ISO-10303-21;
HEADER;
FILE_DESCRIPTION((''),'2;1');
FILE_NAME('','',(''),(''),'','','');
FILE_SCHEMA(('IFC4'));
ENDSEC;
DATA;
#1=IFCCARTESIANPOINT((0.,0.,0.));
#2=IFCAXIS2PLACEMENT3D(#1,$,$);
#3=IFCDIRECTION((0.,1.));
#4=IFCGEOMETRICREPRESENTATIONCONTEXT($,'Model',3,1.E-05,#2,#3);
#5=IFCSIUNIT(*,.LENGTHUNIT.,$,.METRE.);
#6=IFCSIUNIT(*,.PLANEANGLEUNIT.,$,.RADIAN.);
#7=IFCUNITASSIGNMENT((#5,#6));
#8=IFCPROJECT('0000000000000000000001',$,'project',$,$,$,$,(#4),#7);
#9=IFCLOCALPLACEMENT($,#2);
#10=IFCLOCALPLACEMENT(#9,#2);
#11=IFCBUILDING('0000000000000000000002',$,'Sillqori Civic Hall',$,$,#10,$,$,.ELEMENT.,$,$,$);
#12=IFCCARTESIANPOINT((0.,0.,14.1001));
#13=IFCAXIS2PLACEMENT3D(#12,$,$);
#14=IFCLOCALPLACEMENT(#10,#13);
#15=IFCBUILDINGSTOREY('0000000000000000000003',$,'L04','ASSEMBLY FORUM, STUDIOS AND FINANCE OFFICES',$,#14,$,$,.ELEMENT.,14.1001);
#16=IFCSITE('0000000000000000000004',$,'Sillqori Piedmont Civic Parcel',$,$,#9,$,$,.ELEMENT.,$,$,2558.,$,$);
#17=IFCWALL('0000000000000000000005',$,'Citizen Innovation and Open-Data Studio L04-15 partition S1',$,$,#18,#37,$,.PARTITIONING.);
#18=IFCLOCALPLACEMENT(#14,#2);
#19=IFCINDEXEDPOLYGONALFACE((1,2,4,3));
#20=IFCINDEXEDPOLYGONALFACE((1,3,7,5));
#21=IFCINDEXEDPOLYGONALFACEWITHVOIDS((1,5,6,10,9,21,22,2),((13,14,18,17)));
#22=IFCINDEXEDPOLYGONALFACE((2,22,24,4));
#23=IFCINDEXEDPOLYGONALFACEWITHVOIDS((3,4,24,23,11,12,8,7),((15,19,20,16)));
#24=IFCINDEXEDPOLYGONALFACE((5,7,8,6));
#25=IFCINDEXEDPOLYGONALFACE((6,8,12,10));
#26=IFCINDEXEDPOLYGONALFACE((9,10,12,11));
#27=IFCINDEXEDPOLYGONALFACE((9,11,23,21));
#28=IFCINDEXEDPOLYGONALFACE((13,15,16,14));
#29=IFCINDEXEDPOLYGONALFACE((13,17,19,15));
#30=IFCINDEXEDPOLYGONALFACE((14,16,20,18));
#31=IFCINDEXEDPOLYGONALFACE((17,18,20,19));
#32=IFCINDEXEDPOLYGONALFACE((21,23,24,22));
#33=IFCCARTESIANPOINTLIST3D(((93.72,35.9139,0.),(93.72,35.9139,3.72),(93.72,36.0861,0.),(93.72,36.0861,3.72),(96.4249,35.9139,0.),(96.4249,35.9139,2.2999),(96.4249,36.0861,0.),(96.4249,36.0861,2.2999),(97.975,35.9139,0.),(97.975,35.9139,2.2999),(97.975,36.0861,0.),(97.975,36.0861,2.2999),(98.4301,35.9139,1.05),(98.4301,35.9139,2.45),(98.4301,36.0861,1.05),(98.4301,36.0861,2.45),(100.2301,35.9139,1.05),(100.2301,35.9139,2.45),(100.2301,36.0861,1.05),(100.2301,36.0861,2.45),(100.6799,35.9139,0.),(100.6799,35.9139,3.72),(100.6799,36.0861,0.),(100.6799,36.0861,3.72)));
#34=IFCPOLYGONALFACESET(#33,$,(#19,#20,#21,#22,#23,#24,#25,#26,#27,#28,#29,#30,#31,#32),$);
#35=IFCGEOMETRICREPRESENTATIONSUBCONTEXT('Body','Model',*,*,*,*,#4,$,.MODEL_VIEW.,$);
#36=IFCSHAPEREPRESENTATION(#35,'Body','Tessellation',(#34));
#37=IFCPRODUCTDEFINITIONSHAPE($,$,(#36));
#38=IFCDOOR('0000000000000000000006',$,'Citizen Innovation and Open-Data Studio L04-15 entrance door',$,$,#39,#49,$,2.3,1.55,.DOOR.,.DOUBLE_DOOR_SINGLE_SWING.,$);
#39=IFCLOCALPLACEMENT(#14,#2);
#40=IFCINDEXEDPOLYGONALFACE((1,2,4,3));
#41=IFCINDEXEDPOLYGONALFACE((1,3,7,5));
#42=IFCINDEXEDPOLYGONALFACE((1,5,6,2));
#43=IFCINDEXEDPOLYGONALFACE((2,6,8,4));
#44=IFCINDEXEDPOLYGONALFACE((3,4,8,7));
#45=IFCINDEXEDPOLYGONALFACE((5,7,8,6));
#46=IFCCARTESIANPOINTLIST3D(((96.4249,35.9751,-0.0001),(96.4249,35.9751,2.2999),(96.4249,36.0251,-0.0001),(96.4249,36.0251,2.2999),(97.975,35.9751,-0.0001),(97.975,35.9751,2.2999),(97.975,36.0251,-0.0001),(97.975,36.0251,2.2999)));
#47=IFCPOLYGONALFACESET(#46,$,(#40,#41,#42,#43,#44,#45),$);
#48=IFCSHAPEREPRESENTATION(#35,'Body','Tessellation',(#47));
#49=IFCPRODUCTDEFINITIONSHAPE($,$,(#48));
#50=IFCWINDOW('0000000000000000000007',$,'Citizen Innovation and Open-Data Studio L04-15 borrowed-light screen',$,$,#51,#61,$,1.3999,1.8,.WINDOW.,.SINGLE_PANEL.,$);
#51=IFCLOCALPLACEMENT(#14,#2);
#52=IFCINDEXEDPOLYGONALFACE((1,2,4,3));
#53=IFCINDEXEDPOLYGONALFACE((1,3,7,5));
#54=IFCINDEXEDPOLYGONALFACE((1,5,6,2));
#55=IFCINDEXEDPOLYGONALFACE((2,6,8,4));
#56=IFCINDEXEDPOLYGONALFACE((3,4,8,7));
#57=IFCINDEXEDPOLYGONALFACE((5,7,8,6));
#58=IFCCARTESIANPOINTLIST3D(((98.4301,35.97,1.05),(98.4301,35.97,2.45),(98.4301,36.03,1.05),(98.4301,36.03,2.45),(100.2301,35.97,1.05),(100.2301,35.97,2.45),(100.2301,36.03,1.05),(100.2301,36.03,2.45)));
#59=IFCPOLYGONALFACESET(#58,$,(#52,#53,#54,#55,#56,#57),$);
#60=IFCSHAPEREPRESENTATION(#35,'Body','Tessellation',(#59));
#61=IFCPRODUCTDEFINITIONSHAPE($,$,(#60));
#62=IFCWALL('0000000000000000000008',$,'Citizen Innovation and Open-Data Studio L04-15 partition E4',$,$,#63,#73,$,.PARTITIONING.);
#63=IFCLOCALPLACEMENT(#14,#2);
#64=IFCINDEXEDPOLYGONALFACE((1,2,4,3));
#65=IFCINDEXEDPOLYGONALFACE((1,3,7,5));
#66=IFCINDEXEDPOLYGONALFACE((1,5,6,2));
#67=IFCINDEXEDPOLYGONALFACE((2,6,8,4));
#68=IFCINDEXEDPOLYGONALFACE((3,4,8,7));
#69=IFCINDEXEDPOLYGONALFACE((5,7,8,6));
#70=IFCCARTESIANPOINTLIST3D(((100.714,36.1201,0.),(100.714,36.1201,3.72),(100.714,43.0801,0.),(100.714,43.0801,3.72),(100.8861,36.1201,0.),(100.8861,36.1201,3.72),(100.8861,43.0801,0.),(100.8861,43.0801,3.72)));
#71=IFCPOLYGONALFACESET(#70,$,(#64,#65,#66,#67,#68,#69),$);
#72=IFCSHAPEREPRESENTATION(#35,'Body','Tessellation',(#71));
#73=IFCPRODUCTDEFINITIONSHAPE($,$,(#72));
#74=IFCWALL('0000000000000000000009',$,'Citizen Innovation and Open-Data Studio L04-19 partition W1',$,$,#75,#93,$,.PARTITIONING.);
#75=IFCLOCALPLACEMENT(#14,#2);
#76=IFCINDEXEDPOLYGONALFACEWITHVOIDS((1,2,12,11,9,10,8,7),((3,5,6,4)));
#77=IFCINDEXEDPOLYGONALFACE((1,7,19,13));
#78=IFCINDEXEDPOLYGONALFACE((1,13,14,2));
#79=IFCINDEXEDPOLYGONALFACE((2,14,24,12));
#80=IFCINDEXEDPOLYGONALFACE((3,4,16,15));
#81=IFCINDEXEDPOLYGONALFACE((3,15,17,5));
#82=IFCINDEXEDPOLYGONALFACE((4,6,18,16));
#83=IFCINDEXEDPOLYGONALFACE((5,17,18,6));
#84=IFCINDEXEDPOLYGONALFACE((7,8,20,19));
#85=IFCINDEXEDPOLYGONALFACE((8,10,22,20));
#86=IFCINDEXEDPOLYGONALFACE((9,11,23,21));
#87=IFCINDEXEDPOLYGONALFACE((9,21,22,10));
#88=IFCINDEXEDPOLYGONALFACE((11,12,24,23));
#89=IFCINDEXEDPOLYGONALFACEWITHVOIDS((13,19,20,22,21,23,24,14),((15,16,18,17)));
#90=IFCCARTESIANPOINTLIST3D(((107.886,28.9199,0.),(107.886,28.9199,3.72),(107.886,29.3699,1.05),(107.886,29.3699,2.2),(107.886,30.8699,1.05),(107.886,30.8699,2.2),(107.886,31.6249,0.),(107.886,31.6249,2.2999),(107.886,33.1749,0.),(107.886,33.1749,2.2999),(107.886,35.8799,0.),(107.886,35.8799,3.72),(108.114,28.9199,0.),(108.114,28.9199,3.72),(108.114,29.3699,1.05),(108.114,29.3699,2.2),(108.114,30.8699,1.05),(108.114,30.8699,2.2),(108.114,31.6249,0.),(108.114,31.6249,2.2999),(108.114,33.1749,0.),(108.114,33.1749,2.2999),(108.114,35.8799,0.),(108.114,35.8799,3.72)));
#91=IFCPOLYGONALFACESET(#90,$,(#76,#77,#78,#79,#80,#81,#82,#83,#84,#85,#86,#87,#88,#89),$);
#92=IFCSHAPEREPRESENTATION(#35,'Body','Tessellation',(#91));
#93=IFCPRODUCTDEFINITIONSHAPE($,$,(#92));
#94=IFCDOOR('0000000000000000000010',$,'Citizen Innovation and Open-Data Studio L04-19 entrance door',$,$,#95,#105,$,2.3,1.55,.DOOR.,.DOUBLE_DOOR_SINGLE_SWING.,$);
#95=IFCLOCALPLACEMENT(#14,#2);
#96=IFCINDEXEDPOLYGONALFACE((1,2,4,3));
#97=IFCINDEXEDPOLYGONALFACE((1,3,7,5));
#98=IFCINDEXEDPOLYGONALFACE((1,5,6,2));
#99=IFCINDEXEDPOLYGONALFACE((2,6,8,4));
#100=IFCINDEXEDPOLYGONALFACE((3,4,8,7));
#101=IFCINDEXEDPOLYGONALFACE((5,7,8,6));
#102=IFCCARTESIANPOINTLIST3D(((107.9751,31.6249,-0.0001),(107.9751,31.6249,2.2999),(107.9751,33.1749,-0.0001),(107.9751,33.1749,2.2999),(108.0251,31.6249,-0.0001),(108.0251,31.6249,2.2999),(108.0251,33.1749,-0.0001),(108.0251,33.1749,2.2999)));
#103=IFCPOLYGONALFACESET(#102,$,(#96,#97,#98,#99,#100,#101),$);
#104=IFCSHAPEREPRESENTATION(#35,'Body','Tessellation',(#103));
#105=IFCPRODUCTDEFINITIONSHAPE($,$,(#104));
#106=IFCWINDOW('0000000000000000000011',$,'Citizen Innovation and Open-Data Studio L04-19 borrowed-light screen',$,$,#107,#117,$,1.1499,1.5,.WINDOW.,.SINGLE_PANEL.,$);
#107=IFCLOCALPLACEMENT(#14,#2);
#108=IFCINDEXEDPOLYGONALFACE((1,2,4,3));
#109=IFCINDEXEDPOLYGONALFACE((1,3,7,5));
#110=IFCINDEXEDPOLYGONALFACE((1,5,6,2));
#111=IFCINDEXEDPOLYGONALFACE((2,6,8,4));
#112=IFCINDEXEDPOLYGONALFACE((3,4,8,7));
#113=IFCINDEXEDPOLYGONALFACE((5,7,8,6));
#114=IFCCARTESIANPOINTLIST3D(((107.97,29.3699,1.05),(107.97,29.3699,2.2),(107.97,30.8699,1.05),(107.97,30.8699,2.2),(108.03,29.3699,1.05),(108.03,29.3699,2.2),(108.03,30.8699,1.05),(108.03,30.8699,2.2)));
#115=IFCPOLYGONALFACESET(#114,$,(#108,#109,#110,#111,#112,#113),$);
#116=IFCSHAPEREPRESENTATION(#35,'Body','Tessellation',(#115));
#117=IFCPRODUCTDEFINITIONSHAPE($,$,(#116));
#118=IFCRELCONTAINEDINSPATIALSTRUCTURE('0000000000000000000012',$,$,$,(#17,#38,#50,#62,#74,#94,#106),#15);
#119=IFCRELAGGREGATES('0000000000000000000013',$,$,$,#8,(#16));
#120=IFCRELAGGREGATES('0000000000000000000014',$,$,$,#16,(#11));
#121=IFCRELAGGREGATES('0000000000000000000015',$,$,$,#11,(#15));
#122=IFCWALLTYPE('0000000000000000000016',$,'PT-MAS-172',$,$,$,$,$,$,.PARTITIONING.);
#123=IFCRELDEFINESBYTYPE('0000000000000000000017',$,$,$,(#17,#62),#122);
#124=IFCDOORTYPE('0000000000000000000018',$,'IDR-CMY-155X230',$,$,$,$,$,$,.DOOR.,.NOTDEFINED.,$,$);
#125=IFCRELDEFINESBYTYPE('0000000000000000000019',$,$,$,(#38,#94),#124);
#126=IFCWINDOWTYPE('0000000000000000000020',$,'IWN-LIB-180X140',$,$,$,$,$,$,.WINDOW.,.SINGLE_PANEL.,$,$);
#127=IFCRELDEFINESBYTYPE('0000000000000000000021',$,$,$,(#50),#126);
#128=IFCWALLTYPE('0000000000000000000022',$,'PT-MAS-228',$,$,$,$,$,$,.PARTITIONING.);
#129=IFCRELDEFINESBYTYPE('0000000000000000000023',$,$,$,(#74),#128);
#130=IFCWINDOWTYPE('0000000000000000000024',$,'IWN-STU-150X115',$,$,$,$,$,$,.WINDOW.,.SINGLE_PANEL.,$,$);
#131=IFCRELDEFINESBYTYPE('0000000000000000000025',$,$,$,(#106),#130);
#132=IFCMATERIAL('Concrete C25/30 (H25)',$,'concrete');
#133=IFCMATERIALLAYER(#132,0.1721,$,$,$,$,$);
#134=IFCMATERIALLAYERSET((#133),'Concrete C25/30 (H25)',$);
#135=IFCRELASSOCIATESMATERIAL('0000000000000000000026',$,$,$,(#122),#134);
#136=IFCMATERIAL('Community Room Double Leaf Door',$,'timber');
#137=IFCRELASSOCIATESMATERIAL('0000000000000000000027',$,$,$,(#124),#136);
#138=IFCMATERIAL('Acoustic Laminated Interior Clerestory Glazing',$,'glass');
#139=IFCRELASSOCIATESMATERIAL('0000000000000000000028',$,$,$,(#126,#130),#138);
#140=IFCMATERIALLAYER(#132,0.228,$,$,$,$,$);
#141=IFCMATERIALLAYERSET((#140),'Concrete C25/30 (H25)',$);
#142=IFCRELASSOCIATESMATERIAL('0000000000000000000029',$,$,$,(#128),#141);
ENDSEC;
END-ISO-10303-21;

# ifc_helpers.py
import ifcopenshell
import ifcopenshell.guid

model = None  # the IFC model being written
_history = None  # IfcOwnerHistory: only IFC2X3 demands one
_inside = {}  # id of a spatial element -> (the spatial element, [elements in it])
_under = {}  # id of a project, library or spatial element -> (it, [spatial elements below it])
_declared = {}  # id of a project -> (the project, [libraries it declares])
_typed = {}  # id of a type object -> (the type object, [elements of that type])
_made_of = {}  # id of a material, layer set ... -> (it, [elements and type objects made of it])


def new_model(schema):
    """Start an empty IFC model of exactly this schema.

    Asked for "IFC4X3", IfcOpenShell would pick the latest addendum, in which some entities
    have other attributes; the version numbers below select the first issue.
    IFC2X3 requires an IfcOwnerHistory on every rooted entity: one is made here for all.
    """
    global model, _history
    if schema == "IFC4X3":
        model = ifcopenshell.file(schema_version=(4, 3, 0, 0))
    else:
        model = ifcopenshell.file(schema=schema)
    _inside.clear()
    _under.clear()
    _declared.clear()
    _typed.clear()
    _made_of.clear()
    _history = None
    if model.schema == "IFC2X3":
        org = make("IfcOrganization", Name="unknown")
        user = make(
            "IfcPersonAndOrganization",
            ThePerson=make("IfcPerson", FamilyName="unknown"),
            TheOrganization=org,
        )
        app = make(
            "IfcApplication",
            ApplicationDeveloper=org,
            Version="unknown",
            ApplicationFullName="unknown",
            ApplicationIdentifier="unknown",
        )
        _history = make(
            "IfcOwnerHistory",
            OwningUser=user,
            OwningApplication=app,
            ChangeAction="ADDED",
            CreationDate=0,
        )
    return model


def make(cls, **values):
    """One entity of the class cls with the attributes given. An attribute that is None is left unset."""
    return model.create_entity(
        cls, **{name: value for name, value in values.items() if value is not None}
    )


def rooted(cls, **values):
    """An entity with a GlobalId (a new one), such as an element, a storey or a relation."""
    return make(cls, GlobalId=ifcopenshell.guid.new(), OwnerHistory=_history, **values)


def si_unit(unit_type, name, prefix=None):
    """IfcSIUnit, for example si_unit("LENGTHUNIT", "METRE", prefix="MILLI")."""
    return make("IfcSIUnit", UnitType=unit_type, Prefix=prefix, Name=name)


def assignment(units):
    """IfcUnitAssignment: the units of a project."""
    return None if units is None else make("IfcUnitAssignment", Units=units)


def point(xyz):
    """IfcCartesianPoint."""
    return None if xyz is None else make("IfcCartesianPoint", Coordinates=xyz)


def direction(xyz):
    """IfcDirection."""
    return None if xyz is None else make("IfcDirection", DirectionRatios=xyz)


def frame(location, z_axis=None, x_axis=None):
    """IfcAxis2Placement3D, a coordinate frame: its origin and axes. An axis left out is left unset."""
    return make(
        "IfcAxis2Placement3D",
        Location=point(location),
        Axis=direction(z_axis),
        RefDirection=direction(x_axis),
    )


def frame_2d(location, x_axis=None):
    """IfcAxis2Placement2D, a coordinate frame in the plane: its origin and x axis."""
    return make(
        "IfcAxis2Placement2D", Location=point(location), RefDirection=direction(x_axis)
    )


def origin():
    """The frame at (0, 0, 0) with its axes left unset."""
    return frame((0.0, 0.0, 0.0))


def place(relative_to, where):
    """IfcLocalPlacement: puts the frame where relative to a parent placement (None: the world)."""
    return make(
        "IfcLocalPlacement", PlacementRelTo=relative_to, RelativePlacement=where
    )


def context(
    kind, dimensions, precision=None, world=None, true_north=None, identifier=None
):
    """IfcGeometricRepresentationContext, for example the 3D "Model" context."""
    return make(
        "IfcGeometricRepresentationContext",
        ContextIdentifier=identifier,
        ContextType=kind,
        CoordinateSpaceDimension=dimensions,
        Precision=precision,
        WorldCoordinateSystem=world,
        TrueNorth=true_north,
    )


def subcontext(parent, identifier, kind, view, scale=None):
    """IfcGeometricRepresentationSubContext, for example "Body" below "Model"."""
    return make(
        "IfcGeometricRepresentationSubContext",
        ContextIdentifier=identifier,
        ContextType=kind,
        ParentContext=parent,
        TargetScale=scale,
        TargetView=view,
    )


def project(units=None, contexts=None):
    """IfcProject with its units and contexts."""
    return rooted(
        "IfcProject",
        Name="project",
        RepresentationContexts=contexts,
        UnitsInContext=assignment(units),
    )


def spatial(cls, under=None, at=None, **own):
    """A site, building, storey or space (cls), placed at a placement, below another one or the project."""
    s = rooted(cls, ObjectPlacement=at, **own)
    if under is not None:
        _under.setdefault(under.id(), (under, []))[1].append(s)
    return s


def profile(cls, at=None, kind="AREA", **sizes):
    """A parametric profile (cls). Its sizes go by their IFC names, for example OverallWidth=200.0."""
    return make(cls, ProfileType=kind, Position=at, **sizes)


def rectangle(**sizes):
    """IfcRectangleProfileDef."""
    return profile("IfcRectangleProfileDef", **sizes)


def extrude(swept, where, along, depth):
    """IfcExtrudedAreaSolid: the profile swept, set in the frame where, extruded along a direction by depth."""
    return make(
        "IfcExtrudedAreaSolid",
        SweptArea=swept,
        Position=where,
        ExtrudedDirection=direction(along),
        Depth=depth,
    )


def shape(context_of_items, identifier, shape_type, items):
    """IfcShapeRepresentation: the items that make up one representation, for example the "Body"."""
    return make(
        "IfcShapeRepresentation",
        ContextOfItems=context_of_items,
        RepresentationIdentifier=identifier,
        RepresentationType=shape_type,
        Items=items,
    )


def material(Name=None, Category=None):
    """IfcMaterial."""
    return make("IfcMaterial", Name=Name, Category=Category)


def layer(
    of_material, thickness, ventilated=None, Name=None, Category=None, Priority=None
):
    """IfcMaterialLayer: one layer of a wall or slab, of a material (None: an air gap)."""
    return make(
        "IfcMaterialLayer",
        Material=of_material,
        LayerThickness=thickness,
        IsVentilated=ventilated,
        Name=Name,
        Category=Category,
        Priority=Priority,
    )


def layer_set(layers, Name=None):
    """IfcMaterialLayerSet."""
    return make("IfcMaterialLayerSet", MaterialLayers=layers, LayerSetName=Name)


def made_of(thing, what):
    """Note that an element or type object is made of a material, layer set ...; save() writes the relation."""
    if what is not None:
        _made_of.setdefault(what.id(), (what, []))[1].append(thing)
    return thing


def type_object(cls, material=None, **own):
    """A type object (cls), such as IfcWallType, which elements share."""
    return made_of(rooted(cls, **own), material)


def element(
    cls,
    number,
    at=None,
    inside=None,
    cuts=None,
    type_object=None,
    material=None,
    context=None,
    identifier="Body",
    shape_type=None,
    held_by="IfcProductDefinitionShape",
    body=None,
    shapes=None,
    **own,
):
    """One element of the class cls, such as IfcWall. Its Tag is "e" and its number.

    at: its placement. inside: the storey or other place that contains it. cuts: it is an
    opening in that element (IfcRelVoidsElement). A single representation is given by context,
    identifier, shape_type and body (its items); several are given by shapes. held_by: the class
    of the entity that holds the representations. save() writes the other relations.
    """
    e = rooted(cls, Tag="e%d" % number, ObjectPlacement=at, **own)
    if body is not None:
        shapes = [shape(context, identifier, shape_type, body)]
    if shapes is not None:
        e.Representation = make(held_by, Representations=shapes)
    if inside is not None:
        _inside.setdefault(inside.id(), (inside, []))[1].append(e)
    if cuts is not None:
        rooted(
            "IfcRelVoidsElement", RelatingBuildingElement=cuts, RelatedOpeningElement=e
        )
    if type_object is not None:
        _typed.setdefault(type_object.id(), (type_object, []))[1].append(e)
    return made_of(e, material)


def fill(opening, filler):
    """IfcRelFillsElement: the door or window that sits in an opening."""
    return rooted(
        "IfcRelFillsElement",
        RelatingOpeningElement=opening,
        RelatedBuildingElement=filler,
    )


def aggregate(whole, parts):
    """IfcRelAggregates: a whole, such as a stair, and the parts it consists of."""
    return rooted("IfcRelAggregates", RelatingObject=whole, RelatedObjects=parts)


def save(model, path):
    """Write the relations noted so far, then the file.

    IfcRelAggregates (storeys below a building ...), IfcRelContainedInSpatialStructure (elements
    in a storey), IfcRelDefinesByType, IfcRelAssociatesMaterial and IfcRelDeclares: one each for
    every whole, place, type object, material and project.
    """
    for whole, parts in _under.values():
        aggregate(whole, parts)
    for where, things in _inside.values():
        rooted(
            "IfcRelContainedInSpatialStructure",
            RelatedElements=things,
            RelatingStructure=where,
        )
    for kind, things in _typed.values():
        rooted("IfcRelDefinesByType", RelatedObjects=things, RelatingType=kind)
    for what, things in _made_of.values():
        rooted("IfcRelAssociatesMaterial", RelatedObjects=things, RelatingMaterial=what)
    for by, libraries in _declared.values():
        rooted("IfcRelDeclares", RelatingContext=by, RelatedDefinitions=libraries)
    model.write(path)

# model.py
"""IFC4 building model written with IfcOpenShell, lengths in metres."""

from ifc_helpers import new_model, si_unit, direction, frame, frame_2d, origin, place, context, subcontext, project, spatial, rectangle, extrude, material, layer, layer_set, type_object, element, fill, save


model = new_model("IFC4")

# Units and contexts
model_context = context("Model", 3, precision=1e-05, world=origin(), true_north=direction((0.0, 1.0)))
body_context = subcontext(model_context, "Body", "Model", "MODEL_VIEW")
ifc_project = project(units=[si_unit("LENGTHUNIT", "METRE"), si_unit("PLANEANGLEUNIT", "RADIAN")], contexts=[model_context])

# Site, building, storey
site_placement = place(None, origin())
site = spatial("IfcSite", under=ifc_project, at=site_placement, Name="Sillqori Piedmont Civic Parcel", CompositionType="ELEMENT", RefElevation=2558.0)
building_placement = place(site_placement, origin())
building = spatial("IfcBuilding", under=site, at=building_placement, Name="Sillqori Civic Hall", CompositionType="ELEMENT")
storey_placement = place(building_placement, frame((0.0, 0.0, 14.1001)))
storey = spatial("IfcBuildingStorey", under=building, at=storey_placement, Name="L04", Description="ASSEMBLY FORUM, STUDIOS AND FINANCE OFFICES", CompositionType="ELEMENT", Elevation=14.1001)

# Shared definitions
ifc_material_1 = material(Name="Concrete C25/30 (H25)", Category="concrete")

# Wall, openings, door, window
ifc_layer_1 = layer(ifc_material_1, 0.1721)
ifc_layer_set_1 = layer_set([ifc_layer_1], Name="Concrete C25/30 (H25)")
wall_type_1 = type_object("IfcWallType", Name="PT-MAS-172", PredefinedType="PARTITIONING", material=ifc_layer_set_1)
wall_1_placement = place(storey_placement, frame((100.6799, 36.0, 0.0), z_axis=(0.0, 0.0, 1.0), x_axis=(-1.0, 0.0, 0.0)))
wall_1 = element("IfcWall", 1, at=wall_1_placement, inside=storey, type_object=wall_type_1, Name="Citizen Innovation and Open-Data Studio L04-15 partition S1", PredefinedType="PARTITIONING", context=body_context, shape_type="SweptSolid", body=[
    extrude(rectangle(XDim=6.96, YDim=0.1721, at=frame_2d((3.48, 0.0))), origin(), (0.0, 0.0, 1.0), 3.72),
])
opening_1_placement = place(wall_1_placement, frame((2.7051, 0.0, 0.0)))
opening_1 = element("IfcOpeningElement", 2, at=opening_1_placement, cuts=wall_1, PredefinedType="OPENING", context=body_context, shape_type="SweptSolid", body=[
    extrude(rectangle(XDim=1.55, YDim=2.3, at=frame_2d((0.7749, 1.1499))), frame((0.0, 0.0959, 0.0), z_axis=(0.0, -1.0, 0.0), x_axis=(1.0, 0.0, 0.0)), (0.0, 0.0, 1.0), 0.1921),
])
opening_2_placement = place(wall_1_placement, frame((0.45, 0.0, 1.05)))
opening_2 = element("IfcOpeningElement", 3, at=opening_2_placement, cuts=wall_1, PredefinedType="OPENING", context=body_context, shape_type="SweptSolid", body=[
    extrude(rectangle(XDim=1.8, YDim=1.3999, at=frame_2d((0.8999, 0.7))), frame((0.0, 0.0959, 0.0), z_axis=(0.0, -1.0, 0.0), x_axis=(1.0, 0.0, 0.0)), (0.0, 0.0, 1.0), 0.1921),
])
ifc_material_2 = material(Name="Community Room Double Leaf Door", Category="timber")
door_type = type_object("IfcDoorType", Name="IDR-CMY-155X230", OperationType="NOTDEFINED", PredefinedType="DOOR", material=ifc_material_2)
door_1_placement = place(opening_1_placement, origin())
door_1 = element("IfcDoor", 4, at=door_1_placement, inside=storey, type_object=door_type, Name="Citizen Innovation and Open-Data Studio L04-15 entrance door", OperationType="DOUBLE_DOOR_SINGLE_SWING", OverallHeight=2.3, OverallWidth=1.55, PredefinedType="DOOR", context=body_context, shape_type="SweptSolid", body=[
    extrude(rectangle(XDim=1.55, YDim=2.3, at=frame_2d((0.7749, 1.1499))), frame((0.0, 0.0249, 0.0), z_axis=(0.0, -1.0, 0.0), x_axis=(1.0, 0.0, 0.0)), (0.0, 0.0, 1.0), 0.05),
])
fill(opening_1, door_1)
ifc_material_3 = material(Name="Acoustic Laminated Interior Clerestory Glazing", Category="glass")
window_type_1 = type_object("IfcWindowType", Name="IWN-LIB-180X140", PartitioningType="SINGLE_PANEL", PredefinedType="WINDOW", material=ifc_material_3)
window_1_placement = place(opening_2_placement, origin())
window_1 = element("IfcWindow", 5, at=window_1_placement, inside=storey, type_object=window_type_1, Name="Citizen Innovation and Open-Data Studio L04-15 borrowed-light screen", OverallHeight=1.3999, OverallWidth=1.8, PartitioningType="SINGLE_PANEL", PredefinedType="WINDOW", context=body_context, shape_type="SweptSolid", body=[
    extrude(rectangle(XDim=1.8, YDim=1.3999, at=frame_2d((0.8999, 0.7))), frame((0.0, 0.03, 0.0), z_axis=(0.0, -1.0, 0.0), x_axis=(1.0, 0.0, 0.0)), (0.0, 0.0, 1.0), 0.0601),
])
fill(opening_2, window_1)

# Wall
wall_2_placement = place(storey_placement, frame((100.8, 43.0801, 0.0), z_axis=(0.0, 0.0, 1.0), x_axis=(0.0, -1.0, 0.0)))
element("IfcWall", 6, at=wall_2_placement, inside=storey, type_object=wall_type_1, Name="Citizen Innovation and Open-Data Studio L04-15 partition E4", PredefinedType="PARTITIONING", context=body_context, shape_type="SweptSolid", body=[
    extrude(rectangle(XDim=6.96, YDim=0.1721, at=frame_2d((3.48, 0.0))), origin(), (0.0, 0.0, 1.0), 3.72),
])

# Wall, openings, door, window
ifc_layer_2 = layer(ifc_material_1, 0.228)
ifc_layer_set_2 = layer_set([ifc_layer_2], Name="Concrete C25/30 (H25)")
wall_type_2 = type_object("IfcWallType", Name="PT-MAS-228", PredefinedType="PARTITIONING", material=ifc_layer_set_2)
wall_3_placement = place(storey_placement, frame((108.0, 28.9199, 0.0), z_axis=(0.0, 0.0, 1.0), x_axis=(0.0, 1.0, 0.0)))
wall_3 = element("IfcWall", 7, at=wall_3_placement, inside=storey, type_object=wall_type_2, Name="Citizen Innovation and Open-Data Studio L04-19 partition W1", PredefinedType="PARTITIONING", context=body_context, shape_type="SweptSolid", body=[
    extrude(rectangle(XDim=6.96, YDim=0.228, at=frame_2d((3.48, 0.0))), origin(), (0.0, 0.0, 1.0), 3.72),
])
opening_3_placement = place(wall_3_placement, frame((2.7051, 0.0, 0.0)))
opening_3 = element("IfcOpeningElement", 8, at=opening_3_placement, cuts=wall_3, PredefinedType="OPENING", context=body_context, shape_type="SweptSolid", body=[
    extrude(rectangle(XDim=1.55, YDim=2.3, at=frame_2d((0.7749, 1.1499))), frame((0.0, 0.124, 0.0), z_axis=(0.0, -1.0, 0.0), x_axis=(1.0, 0.0, 0.0)), (0.0, 0.0, 1.0), 0.248),
])
opening_4_placement = place(wall_3_placement, frame((0.45, 0.0, 1.05)))
opening_4 = element("IfcOpeningElement", 9, at=opening_4_placement, cuts=wall_3, PredefinedType="OPENING", context=body_context, shape_type="SweptSolid", body=[
    extrude(rectangle(XDim=1.5, YDim=1.1499, at=frame_2d((0.75, 0.575))), frame((0.0, 0.124, 0.0), z_axis=(0.0, -1.0, 0.0), x_axis=(1.0, 0.0, 0.0)), (0.0, 0.0, 1.0), 0.248),
])
door_2_placement = place(opening_3_placement, origin())
door_2 = element("IfcDoor", 10, at=door_2_placement, inside=storey, type_object=door_type, Name="Citizen Innovation and Open-Data Studio L04-19 entrance door", OperationType="DOUBLE_DOOR_SINGLE_SWING", OverallHeight=2.3, OverallWidth=1.55, PredefinedType="DOOR", context=body_context, shape_type="SweptSolid", body=[
    extrude(rectangle(XDim=1.55, YDim=2.3, at=frame_2d((0.7749, 1.1499))), frame((0.0, 0.0249, 0.0), z_axis=(0.0, -1.0, 0.0), x_axis=(1.0, 0.0, 0.0)), (0.0, 0.0, 1.0), 0.05),
])
fill(opening_3, door_2)
window_type_2 = type_object("IfcWindowType", Name="IWN-STU-150X115", PartitioningType="SINGLE_PANEL", PredefinedType="WINDOW", material=ifc_material_3)
window_2_placement = place(opening_4_placement, origin())
window_2 = element("IfcWindow", 11, at=window_2_placement, inside=storey, type_object=window_type_2, Name="Citizen Innovation and Open-Data Studio L04-19 borrowed-light screen", OverallHeight=1.1499, OverallWidth=1.5, PartitioningType="SINGLE_PANEL", PredefinedType="WINDOW", context=body_context, shape_type="SweptSolid", body=[
    extrude(rectangle(XDim=1.5, YDim=1.1499, at=frame_2d((0.75, 0.575))), frame((0.0, 0.03, 0.0), z_axis=(0.0, -1.0, 0.0), x_axis=(1.0, 0.0, 0.0)), (0.0, 0.0, 1.0), 0.0601),
])
fill(opening_4, window_2)

save(model, "model.ifc")
